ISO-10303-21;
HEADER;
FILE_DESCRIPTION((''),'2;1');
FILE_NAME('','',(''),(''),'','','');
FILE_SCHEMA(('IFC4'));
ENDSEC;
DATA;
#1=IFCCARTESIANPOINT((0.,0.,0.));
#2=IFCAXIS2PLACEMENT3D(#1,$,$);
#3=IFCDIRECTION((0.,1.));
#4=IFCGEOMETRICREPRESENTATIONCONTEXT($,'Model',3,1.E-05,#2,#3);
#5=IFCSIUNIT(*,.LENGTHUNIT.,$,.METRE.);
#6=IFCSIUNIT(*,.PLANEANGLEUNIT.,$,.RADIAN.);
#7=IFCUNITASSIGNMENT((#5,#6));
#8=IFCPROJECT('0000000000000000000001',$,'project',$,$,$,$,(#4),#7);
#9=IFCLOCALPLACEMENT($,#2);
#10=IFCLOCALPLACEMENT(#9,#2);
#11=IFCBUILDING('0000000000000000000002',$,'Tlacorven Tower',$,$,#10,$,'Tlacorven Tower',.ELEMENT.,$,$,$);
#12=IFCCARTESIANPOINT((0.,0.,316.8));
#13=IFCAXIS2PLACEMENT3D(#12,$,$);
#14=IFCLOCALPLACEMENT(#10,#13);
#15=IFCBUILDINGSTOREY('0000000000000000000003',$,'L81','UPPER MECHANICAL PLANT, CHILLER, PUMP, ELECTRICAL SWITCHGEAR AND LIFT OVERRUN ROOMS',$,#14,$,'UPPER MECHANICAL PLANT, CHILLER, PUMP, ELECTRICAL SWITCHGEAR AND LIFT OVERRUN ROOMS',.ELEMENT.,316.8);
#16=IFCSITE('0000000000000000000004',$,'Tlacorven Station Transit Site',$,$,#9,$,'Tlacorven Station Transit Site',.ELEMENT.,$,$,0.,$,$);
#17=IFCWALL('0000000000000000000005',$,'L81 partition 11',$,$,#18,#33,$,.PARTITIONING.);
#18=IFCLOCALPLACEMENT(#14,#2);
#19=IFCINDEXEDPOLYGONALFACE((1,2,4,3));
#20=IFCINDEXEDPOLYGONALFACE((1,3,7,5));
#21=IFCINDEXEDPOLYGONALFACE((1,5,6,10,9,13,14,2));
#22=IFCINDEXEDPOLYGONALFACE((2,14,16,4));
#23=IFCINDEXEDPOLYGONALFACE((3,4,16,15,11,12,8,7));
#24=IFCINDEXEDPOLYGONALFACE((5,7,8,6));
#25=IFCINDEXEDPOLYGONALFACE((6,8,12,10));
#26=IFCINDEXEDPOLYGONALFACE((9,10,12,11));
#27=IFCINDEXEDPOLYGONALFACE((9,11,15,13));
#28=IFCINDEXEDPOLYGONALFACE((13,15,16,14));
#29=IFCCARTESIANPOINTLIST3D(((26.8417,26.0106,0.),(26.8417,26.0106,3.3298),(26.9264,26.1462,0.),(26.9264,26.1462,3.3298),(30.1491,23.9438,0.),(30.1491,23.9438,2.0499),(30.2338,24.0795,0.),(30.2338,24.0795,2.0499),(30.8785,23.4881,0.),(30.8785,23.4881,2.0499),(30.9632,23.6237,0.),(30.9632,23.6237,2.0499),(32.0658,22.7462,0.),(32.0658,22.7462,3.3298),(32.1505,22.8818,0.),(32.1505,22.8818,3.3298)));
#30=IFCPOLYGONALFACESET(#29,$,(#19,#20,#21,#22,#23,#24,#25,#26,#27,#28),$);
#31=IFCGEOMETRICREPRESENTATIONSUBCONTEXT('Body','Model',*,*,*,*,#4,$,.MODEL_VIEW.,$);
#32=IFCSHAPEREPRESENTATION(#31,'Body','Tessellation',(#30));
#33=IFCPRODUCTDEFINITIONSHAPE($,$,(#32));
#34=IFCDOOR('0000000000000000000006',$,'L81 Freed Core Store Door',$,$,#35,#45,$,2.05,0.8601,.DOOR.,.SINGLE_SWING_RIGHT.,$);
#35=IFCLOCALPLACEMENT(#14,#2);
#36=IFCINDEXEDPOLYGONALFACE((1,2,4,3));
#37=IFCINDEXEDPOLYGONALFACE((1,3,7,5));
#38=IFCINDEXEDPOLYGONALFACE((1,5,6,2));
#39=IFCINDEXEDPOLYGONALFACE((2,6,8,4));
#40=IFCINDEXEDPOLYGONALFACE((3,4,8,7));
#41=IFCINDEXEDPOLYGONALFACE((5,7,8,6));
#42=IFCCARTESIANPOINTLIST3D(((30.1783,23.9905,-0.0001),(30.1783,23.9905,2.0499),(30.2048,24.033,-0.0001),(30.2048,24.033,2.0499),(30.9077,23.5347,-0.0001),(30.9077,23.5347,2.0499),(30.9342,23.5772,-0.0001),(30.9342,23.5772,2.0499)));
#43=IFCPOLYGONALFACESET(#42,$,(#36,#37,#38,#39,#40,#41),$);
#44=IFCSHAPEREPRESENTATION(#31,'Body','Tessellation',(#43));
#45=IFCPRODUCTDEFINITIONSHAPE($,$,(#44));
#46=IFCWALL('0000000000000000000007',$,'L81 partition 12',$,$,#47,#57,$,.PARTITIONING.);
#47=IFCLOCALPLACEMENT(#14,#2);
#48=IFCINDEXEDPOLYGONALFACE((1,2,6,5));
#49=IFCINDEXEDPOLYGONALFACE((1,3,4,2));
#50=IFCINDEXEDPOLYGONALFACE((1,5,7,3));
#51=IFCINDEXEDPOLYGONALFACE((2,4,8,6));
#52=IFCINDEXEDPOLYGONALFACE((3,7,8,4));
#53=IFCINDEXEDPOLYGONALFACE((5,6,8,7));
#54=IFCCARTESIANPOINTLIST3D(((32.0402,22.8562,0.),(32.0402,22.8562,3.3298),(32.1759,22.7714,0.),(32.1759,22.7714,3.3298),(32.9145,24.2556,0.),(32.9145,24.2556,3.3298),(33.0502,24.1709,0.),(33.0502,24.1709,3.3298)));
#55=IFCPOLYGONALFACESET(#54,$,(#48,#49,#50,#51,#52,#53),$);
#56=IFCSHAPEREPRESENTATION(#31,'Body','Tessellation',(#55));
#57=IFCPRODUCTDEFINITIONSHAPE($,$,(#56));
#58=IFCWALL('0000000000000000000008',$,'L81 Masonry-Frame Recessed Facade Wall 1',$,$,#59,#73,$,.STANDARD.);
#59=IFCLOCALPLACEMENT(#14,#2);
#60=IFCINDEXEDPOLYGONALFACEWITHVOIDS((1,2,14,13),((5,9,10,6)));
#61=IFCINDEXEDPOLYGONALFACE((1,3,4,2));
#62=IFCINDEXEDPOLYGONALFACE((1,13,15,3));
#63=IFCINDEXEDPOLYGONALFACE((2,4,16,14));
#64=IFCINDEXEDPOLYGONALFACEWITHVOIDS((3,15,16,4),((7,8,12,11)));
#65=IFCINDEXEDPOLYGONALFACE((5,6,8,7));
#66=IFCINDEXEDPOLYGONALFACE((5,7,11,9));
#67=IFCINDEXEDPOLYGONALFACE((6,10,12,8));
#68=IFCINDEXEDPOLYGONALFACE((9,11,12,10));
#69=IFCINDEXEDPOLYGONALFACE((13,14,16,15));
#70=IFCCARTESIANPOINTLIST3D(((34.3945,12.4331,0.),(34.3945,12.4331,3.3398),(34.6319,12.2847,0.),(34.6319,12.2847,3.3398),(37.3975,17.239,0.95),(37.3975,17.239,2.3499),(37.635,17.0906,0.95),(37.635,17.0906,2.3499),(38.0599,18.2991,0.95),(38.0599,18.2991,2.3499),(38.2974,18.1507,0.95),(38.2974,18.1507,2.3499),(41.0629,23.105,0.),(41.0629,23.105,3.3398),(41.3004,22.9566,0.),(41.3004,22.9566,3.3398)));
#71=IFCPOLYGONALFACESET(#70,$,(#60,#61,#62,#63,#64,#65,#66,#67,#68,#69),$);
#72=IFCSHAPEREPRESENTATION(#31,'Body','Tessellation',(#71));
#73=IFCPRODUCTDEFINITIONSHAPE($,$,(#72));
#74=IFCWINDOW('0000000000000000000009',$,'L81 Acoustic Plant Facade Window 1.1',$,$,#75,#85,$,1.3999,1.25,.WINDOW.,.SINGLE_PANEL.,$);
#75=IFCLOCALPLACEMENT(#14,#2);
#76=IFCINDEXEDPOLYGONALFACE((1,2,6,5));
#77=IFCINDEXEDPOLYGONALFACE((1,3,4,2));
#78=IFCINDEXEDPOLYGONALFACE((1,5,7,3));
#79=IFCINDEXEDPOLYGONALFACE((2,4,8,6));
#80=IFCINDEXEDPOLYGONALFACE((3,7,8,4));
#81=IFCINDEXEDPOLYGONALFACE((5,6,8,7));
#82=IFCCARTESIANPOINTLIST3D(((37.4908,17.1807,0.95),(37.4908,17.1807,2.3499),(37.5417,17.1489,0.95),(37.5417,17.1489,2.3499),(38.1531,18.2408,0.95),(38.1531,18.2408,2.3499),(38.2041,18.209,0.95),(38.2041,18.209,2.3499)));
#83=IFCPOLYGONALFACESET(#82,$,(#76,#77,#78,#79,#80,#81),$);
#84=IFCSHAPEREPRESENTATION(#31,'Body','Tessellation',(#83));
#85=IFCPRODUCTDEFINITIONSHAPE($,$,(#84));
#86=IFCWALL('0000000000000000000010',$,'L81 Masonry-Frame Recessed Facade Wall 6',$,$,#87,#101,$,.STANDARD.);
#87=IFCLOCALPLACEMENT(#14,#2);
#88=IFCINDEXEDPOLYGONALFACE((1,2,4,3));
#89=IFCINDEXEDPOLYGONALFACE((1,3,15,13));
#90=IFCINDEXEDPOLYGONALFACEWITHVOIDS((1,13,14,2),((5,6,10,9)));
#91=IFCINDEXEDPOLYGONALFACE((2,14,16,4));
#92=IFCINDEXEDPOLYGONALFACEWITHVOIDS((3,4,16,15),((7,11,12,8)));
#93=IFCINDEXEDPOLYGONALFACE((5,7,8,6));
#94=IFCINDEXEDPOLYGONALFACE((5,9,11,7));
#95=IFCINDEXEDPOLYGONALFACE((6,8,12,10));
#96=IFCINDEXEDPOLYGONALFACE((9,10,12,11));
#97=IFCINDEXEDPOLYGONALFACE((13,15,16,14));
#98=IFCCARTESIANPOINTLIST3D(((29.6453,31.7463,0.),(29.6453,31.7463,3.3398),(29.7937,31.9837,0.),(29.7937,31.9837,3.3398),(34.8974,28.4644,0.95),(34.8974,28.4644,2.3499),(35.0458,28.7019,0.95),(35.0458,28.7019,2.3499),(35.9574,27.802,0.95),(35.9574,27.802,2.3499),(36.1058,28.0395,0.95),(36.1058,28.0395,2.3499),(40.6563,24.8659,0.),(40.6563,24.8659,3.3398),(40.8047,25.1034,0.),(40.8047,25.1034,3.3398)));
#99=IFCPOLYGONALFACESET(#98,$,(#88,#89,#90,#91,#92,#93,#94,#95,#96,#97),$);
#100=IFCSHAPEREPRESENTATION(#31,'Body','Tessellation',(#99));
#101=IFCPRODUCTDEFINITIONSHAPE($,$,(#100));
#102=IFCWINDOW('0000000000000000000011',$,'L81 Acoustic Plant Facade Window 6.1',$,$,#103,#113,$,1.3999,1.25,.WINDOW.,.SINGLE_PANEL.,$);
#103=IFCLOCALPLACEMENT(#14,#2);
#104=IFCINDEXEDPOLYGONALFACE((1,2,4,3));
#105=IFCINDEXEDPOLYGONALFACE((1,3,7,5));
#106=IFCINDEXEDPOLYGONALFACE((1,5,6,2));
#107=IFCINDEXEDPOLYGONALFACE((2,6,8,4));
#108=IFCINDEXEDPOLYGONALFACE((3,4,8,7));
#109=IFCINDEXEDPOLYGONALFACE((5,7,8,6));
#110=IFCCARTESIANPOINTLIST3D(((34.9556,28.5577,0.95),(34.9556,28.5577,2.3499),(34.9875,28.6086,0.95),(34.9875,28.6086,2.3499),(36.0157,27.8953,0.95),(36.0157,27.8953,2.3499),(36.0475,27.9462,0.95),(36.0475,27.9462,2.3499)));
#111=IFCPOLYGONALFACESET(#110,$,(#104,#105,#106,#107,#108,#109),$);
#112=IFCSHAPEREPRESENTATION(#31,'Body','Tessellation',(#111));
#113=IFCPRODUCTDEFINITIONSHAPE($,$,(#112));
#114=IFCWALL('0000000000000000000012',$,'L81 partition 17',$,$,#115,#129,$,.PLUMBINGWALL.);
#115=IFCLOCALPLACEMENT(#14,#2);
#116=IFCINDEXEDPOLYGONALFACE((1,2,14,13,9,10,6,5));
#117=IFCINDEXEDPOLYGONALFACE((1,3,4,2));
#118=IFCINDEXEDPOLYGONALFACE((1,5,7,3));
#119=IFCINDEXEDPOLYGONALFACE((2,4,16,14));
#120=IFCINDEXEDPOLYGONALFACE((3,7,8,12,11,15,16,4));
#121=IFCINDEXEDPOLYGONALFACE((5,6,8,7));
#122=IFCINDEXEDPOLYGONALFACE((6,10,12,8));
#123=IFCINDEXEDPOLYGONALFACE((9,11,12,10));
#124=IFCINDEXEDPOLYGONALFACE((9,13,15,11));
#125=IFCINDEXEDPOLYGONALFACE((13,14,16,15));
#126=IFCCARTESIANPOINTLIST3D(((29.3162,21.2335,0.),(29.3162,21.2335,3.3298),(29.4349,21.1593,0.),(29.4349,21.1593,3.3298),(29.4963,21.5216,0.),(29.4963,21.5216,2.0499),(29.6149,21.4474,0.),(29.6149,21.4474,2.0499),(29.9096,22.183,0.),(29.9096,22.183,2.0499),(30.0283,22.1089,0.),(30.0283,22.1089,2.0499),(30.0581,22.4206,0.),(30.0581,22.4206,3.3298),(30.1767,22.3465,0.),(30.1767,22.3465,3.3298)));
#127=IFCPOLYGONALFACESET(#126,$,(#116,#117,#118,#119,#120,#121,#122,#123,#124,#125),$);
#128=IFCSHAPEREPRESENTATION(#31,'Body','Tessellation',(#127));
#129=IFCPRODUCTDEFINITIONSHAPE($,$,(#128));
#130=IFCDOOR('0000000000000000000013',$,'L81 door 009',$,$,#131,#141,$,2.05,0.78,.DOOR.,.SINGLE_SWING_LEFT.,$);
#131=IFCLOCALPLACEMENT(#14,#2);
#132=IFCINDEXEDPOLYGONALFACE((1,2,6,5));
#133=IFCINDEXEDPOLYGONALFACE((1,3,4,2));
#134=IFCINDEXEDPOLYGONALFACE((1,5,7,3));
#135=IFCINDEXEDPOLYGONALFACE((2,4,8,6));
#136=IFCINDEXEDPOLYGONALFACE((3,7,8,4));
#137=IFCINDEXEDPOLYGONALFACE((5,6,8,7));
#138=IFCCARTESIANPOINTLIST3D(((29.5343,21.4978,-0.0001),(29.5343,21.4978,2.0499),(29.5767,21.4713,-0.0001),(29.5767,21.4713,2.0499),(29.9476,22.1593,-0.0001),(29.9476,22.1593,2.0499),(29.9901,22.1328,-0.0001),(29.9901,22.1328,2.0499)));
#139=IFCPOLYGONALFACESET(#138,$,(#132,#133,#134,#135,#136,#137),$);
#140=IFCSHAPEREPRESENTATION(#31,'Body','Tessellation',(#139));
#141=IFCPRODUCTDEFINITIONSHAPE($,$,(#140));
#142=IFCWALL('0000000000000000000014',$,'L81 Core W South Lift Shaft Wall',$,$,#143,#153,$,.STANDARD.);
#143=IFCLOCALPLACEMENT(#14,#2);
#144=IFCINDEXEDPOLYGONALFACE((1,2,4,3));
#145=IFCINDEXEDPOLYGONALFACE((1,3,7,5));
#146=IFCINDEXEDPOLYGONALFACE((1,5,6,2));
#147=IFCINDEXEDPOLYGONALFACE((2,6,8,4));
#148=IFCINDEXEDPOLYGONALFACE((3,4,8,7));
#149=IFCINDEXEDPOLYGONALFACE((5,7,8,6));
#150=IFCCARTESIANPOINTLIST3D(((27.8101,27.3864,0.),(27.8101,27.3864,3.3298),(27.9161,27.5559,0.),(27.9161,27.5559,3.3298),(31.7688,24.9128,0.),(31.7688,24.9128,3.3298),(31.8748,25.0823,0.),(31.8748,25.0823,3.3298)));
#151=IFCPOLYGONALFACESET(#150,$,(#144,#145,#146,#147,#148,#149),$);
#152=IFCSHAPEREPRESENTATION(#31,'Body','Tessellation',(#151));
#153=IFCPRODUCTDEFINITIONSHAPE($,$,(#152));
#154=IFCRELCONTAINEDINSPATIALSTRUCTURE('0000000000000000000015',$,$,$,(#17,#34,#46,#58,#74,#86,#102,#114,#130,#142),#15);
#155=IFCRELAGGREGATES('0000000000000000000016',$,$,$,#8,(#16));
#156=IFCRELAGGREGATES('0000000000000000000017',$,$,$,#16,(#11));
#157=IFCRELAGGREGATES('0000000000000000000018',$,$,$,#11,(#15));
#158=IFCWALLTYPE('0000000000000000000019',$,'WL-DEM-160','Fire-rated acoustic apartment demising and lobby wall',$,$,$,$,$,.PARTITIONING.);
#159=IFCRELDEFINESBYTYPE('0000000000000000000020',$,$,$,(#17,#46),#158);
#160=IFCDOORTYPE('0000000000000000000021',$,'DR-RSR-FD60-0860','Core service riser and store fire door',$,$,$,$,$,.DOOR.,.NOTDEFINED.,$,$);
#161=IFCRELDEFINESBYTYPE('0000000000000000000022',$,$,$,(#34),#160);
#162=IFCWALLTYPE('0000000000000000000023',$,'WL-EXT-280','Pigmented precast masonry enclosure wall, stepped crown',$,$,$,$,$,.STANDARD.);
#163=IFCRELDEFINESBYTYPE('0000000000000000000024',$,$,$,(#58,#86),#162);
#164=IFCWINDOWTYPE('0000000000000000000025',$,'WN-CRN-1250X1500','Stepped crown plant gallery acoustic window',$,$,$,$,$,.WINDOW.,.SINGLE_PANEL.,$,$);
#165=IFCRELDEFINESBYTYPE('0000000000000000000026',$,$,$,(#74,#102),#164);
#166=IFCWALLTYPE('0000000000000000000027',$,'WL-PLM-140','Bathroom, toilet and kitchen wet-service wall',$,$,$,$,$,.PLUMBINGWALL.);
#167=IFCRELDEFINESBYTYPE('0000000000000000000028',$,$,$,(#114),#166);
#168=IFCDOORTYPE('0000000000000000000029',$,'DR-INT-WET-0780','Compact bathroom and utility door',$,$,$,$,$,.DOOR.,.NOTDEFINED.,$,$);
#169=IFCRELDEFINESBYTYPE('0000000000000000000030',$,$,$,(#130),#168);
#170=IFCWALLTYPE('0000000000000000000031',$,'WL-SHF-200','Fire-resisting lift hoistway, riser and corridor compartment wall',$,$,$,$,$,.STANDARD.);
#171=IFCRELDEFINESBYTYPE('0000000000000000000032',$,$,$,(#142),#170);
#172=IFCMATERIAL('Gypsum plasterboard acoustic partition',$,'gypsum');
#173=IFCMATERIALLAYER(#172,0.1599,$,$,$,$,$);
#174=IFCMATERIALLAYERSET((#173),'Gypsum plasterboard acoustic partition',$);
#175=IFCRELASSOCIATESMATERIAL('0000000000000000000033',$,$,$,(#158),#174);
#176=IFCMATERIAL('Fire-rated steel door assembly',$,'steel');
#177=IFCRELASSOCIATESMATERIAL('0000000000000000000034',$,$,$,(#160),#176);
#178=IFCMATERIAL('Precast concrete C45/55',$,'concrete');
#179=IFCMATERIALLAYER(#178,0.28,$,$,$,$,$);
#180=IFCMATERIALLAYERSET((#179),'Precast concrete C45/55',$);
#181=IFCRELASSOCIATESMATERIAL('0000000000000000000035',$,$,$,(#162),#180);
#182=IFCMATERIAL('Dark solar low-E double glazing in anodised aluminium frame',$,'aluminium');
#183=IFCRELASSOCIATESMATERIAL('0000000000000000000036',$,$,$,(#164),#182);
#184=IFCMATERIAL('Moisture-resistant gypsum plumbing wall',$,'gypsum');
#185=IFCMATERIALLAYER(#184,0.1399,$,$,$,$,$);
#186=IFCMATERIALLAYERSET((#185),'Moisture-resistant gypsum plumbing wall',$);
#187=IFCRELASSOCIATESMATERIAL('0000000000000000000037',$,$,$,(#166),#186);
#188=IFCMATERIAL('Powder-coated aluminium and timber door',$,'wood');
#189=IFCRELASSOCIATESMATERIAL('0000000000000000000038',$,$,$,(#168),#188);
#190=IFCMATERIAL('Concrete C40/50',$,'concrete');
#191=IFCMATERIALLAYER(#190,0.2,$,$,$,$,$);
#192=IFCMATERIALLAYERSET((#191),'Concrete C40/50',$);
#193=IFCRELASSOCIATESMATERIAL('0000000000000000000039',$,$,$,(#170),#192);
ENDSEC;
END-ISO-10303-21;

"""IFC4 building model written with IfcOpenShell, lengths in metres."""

from ifc_helpers import new_model, si_unit, direction, frame, frame_2d, origin, place, context, subcontext, project, spatial, rectangle, extrude, source, transform, mapped, material, layer, layer_set, type_object, element, fill, save


model = new_model("IFC4")

# Units and contexts
model_context = context("Model", 3, precision=1e-05, world=origin(), true_north=direction((0.0, 1.0)))
body_context = subcontext(model_context, "Body", "Model", "MODEL_VIEW")
ifc_project = project(units=[si_unit("LENGTHUNIT", "METRE"), si_unit("PLANEANGLEUNIT", "RADIAN")], contexts=[model_context])

# Site, building, storey
site_placement = place(None, origin())
site = spatial("IfcSite", under=ifc_project, at=site_placement, Name="Tlacorven Station Transit Site", LongName="Tlacorven Station Transit Site", CompositionType="ELEMENT", RefElevation=0.0)
building_placement = place(site_placement, origin())
building = spatial("IfcBuilding", under=site, at=building_placement, Name="Tlacorven Tower", LongName="Tlacorven Tower", CompositionType="ELEMENT")
storey_placement = place(building_placement, frame((0.0, 0.0, 316.8)))
storey = spatial("IfcBuildingStorey", under=building, at=storey_placement, Name="L81", Description="UPPER MECHANICAL PLANT, CHILLER, PUMP, ELECTRICAL SWITCHGEAR AND LIFT OVERRUN ROOMS", LongName="UPPER MECHANICAL PLANT, CHILLER, PUMP, ELECTRICAL SWITCHGEAR AND LIFT OVERRUN ROOMS", CompositionType="ELEMENT", Elevation=316.8)

# Wall, opening, door
ifc_material_1 = material(Name="Gypsum plasterboard acoustic partition", Category="gypsum")
ifc_layer_1 = layer(ifc_material_1, 0.1599)
ifc_layer_set_1 = layer_set([ifc_layer_1], Name="Gypsum plasterboard acoustic partition")
wall_type_1 = type_object("IfcWallType", Name="WL-DEM-160", Description="Fire-rated acoustic apartment demising and lobby wall", PredefinedType="PARTITIONING", material=ifc_layer_set_1)
wall_1_placement = place(storey_placement, frame((32.1082, 22.814, 0.0), z_axis=(0.0, 0.0, 1.0), x_axis=(-0.848047, 0.529921, 0.0)))
wall_1 = element("IfcWall", 1, at=wall_1_placement, inside=storey, type_object=wall_type_1, Name="L81 partition 11", PredefinedType="PARTITIONING", context=body_context, shape_type="SweptSolid", body=[
    extrude(rectangle(XDim=6.1602, YDim=0.1599, at=frame_2d((3.0801, 0.0))), origin(), (0.0, 0.0, 1.0), 3.3298),
])
opening_1_placement = place(wall_1_placement, frame((1.3999, 0.0, 0.0)))
opening_1 = element("IfcOpeningElement", 2, at=opening_1_placement, cuts=wall_1, PredefinedType="OPENING", context=body_context, shape_type="SweptSolid", body=[
    extrude(rectangle(XDim=0.8601, YDim=2.05, at=frame_2d((0.4302, 1.0249))), frame((0.0, 0.0898, 0.0), z_axis=(0.0, -1.0, 0.0), x_axis=(1.0, 0.0, 0.0)), (0.0, 0.0, 1.0), 0.1799),
])
ifc_material_2 = material(Name="Fire-rated steel door assembly", Category="steel")
door_type_1 = type_object("IfcDoorType", Name="DR-RSR-FD60-0860", Description="Core service riser and store fire door", OperationType="NOTDEFINED", PredefinedType="DOOR", material=ifc_material_2)
shared_shape_1 = source(origin(), body_context, "Body", "SweptSolid", [
    extrude(rectangle(XDim=0.8601, YDim=2.05, at=frame_2d((0.4302, 1.0249))), frame((0.0, 0.0249, 0.0), z_axis=(0.0, -1.0, 0.0), x_axis=(1.0, 0.0, 0.0)), (0.0, 0.0, 1.0), 0.05),
])
door_1_placement = place(opening_1_placement, origin())
door_1 = element("IfcDoor", 3, at=door_1_placement, inside=storey, type_object=door_type_1, Name="L81 Freed Core Store Door", OperationType="SINGLE_SWING_RIGHT", OverallHeight=2.05, OverallWidth=0.8601, PredefinedType="DOOR", context=body_context, shape_type="MappedRepresentation", body=[
    mapped(shared_shape_1, transform((0.0, 0.0, 0.0), scale=1.0)),
])
fill(opening_1, door_1)

# Wall
wall_2_placement = place(storey_placement, frame((32.9824, 24.2134, 0.0), z_axis=(0.0, 0.0, 1.0), x_axis=(-0.529839, -0.848098, 0.0)))
element("IfcWall", 4, at=wall_2_placement, inside=storey, type_object=wall_type_1, Name="L81 partition 12", PredefinedType="PARTITIONING", context=body_context, shape_type="SweptSolid", body=[
    extrude(rectangle(XDim=1.6501, YDim=0.1599, at=frame_2d((0.8252, 0.0))), origin(), (0.0, 0.0, 1.0), 3.3298),
])

# Walls, openings, windows
ifc_material_3 = material(Name="Precast concrete C45/55", Category="concrete")
ifc_layer_2 = layer(ifc_material_3, 0.28)
ifc_layer_set_2 = layer_set([ifc_layer_2], Name="Precast concrete C45/55")
wall_type_2 = type_object("IfcWallType", Name="WL-EXT-280", Description="Pigmented precast masonry enclosure wall, stepped crown", PredefinedType="STANDARD", material=ifc_layer_set_2)
wall_3_placement = place(storey_placement, frame((41.1816, 23.0308, 0.0), z_axis=(0.0, 0.0, 1.0), x_axis=(-0.529915, -0.848051, 0.0)))
wall_3 = element("IfcWall", 5, at=wall_3_placement, inside=storey, type_object=wall_type_2, Name="L81 Masonry-Frame Recessed Facade Wall 1", PredefinedType="STANDARD", context=body_context, shape_type="SweptSolid", body=[
    extrude(rectangle(XDim=12.584, YDim=0.28, at=frame_2d((6.292, 0.0))), origin(), (0.0, 0.0, 1.0), 3.3398),
])
opening_2_placement = place(wall_3_placement, frame((5.667, 0.0, 0.95)))
opening_2 = element("IfcOpeningElement", 6, at=opening_2_placement, cuts=wall_3, PredefinedType="OPENING", context=body_context, shape_type="SweptSolid", body=[
    extrude(rectangle(XDim=1.25, YDim=1.3999, at=frame_2d((0.625, 0.7))), frame((0.0, 0.1499, 0.0), z_axis=(0.0, -1.0, 0.0), x_axis=(1.0, 0.0, 0.0)), (0.0, 0.0, 1.0), 0.3),
])
ifc_material_4 = material(Name="Dark solar low-E double glazing in anodised aluminium frame", Category="aluminium")
window_type = type_object("IfcWindowType", Name="WN-CRN-1250X1500", Description="Stepped crown plant gallery acoustic window", PartitioningType="SINGLE_PANEL", PredefinedType="WINDOW", material=ifc_material_4)
shared_shape_2 = source(origin(), body_context, "Body", "SweptSolid", [
    extrude(rectangle(XDim=1.25, YDim=1.3999, at=frame_2d((0.625, 0.7))), frame((0.0, 0.03, 0.0), z_axis=(0.0, -1.0, 0.0), x_axis=(1.0, 0.0, 0.0)), (0.0, 0.0, 1.0), 0.0601),
])
window_1_placement = place(opening_2_placement, origin())
window_1 = element("IfcWindow", 7, at=window_1_placement, inside=storey, type_object=window_type, Name="L81 Acoustic Plant Facade Window 1.1", OverallHeight=1.3999, OverallWidth=1.25, PartitioningType="SINGLE_PANEL", PredefinedType="WINDOW", context=body_context, shape_type="MappedRepresentation", body=[
    mapped(shared_shape_2, transform((0.0, 0.0, 0.0), scale=1.0)),
])
fill(opening_2, window_1)
wall_4_placement = place(storey_placement, frame((29.7195, 31.865, 0.0), z_axis=(0.0, 0.0, 1.0), x_axis=(0.84805, -0.529916, 0.0)))
wall_4 = element("IfcWall", 8, at=wall_4_placement, inside=storey, type_object=wall_type_2, Name="L81 Masonry-Frame Recessed Facade Wall 6", PredefinedType="STANDARD", context=body_context, shape_type="SweptSolid", body=[
    extrude(rectangle(XDim=12.9839, YDim=0.28, at=frame_2d((6.4919, 0.0))), origin(), (0.0, 0.0, 1.0), 3.3398),
])
opening_3_placement = place(wall_4_placement, frame((6.1931, 0.0, 0.95)))
opening_3 = element("IfcOpeningElement", 9, at=opening_3_placement, cuts=wall_4, PredefinedType="OPENING", context=body_context, shape_type="SweptSolid", body=[
    extrude(rectangle(XDim=1.25, YDim=1.3999, at=frame_2d((0.625, 0.7))), frame((0.0, 0.1499, 0.0), z_axis=(0.0, -1.0, 0.0), x_axis=(1.0, 0.0, 0.0)), (0.0, 0.0, 1.0), 0.3),
])
window_2_placement = place(opening_3_placement, origin())
window_2 = element("IfcWindow", 10, at=window_2_placement, inside=storey, type_object=window_type, Name="L81 Acoustic Plant Facade Window 6.1", OverallHeight=1.3999, OverallWidth=1.25, PartitioningType="SINGLE_PANEL", PredefinedType="WINDOW", context=body_context, shape_type="MappedRepresentation", body=[
    mapped(shared_shape_2, transform((0.0, 0.0, 0.0), scale=1.0)),
])
fill(opening_3, window_2)

# Wall, opening, door
ifc_material_5 = material(Name="Moisture-resistant gypsum plumbing wall", Category="gypsum")
ifc_layer_3 = layer(ifc_material_5, 0.1399)
ifc_layer_set_3 = layer_set([ifc_layer_3], Name="Moisture-resistant gypsum plumbing wall")
wall_type_3 = type_object("IfcWallType", Name="WL-PLM-140", Description="Bathroom, toilet and kitchen wet-service wall", PredefinedType="PLUMBINGWALL", material=ifc_layer_set_3)
wall_5_placement = place(storey_placement, frame((30.1174, 22.3835, 0.0), z_axis=(0.0, 0.0, 1.0), x_axis=(-0.529952, -0.848028, 0.0)))
wall_5 = element("IfcWall", 11, at=wall_5_placement, inside=storey, type_object=wall_type_3, Name="L81 partition 17", PredefinedType="PLUMBINGWALL", context=body_context, shape_type="SweptSolid", body=[
    extrude(rectangle(XDim=1.3999, YDim=0.1399, at=frame_2d((0.7, 0.0))), origin(), (0.0, 0.0, 1.0), 3.3298),
])
opening_4_placement = place(wall_5_placement, frame((0.28, 0.0, 0.0)))
opening_4 = element("IfcOpeningElement", 12, at=opening_4_placement, cuts=wall_5, PredefinedType="OPENING", context=body_context, shape_type="SweptSolid", body=[
    extrude(rectangle(XDim=0.78, YDim=2.05, at=frame_2d((0.3901, 1.0249))), frame((0.0, 0.0801, 0.0), z_axis=(0.0, -1.0, 0.0), x_axis=(1.0, 0.0, 0.0)), (0.0, 0.0, 1.0), 0.1599),
])
ifc_material_6 = material(Name="Powder-coated aluminium and timber door", Category="wood")
door_type_2 = type_object("IfcDoorType", Name="DR-INT-WET-0780", Description="Compact bathroom and utility door", OperationType="NOTDEFINED", PredefinedType="DOOR", material=ifc_material_6)
shared_shape_3 = source(origin(), body_context, "Body", "SweptSolid", [
    extrude(rectangle(XDim=0.78, YDim=2.05, at=frame_2d((0.3901, 1.0249))), frame((0.0, 0.0249, 0.0), z_axis=(0.0, -1.0, 0.0), x_axis=(1.0, 0.0, 0.0)), (0.0, 0.0, 1.0), 0.05),
])
door_2_placement = place(opening_4_placement, origin())
door_2 = element("IfcDoor", 13, at=door_2_placement, inside=storey, type_object=door_type_2, Name="L81 door 009", OperationType="SINGLE_SWING_LEFT", OverallHeight=2.05, OverallWidth=0.78, PredefinedType="DOOR", context=body_context, shape_type="MappedRepresentation", body=[
    mapped(shared_shape_3, transform((0.0, 0.0, 0.0), scale=1.0)),
])
fill(opening_4, door_2)

# Wall
ifc_material_7 = material(Name="Concrete C40/50", Category="concrete")
ifc_layer_4 = layer(ifc_material_7, 0.2)
ifc_layer_set_4 = layer_set([ifc_layer_4], Name="Concrete C40/50")
wall_type_4 = type_object("IfcWallType", Name="WL-SHF-200", Description="Fire-resisting lift hoistway, riser and corridor compartment wall", PredefinedType="STANDARD", material=ifc_layer_set_4)
wall_6_placement = place(storey_placement, frame((31.8218, 24.9976, 0.0), z_axis=(0.0, 0.0, 1.0), x_axis=(-0.848054, 0.52991, 0.0)))
element("IfcWall", 14, at=wall_6_placement, inside=storey, type_object=wall_type_4, Name="L81 Core W South Lift Shaft Wall", PredefinedType="STANDARD", context=body_context, shape_type="SweptSolid", body=[
    extrude(rectangle(XDim=4.668, YDim=0.2, at=frame_2d((2.334, 0.0))), origin(), (0.0, 0.0, 1.0), 3.3298),
])

save(model, "model.ifc")
